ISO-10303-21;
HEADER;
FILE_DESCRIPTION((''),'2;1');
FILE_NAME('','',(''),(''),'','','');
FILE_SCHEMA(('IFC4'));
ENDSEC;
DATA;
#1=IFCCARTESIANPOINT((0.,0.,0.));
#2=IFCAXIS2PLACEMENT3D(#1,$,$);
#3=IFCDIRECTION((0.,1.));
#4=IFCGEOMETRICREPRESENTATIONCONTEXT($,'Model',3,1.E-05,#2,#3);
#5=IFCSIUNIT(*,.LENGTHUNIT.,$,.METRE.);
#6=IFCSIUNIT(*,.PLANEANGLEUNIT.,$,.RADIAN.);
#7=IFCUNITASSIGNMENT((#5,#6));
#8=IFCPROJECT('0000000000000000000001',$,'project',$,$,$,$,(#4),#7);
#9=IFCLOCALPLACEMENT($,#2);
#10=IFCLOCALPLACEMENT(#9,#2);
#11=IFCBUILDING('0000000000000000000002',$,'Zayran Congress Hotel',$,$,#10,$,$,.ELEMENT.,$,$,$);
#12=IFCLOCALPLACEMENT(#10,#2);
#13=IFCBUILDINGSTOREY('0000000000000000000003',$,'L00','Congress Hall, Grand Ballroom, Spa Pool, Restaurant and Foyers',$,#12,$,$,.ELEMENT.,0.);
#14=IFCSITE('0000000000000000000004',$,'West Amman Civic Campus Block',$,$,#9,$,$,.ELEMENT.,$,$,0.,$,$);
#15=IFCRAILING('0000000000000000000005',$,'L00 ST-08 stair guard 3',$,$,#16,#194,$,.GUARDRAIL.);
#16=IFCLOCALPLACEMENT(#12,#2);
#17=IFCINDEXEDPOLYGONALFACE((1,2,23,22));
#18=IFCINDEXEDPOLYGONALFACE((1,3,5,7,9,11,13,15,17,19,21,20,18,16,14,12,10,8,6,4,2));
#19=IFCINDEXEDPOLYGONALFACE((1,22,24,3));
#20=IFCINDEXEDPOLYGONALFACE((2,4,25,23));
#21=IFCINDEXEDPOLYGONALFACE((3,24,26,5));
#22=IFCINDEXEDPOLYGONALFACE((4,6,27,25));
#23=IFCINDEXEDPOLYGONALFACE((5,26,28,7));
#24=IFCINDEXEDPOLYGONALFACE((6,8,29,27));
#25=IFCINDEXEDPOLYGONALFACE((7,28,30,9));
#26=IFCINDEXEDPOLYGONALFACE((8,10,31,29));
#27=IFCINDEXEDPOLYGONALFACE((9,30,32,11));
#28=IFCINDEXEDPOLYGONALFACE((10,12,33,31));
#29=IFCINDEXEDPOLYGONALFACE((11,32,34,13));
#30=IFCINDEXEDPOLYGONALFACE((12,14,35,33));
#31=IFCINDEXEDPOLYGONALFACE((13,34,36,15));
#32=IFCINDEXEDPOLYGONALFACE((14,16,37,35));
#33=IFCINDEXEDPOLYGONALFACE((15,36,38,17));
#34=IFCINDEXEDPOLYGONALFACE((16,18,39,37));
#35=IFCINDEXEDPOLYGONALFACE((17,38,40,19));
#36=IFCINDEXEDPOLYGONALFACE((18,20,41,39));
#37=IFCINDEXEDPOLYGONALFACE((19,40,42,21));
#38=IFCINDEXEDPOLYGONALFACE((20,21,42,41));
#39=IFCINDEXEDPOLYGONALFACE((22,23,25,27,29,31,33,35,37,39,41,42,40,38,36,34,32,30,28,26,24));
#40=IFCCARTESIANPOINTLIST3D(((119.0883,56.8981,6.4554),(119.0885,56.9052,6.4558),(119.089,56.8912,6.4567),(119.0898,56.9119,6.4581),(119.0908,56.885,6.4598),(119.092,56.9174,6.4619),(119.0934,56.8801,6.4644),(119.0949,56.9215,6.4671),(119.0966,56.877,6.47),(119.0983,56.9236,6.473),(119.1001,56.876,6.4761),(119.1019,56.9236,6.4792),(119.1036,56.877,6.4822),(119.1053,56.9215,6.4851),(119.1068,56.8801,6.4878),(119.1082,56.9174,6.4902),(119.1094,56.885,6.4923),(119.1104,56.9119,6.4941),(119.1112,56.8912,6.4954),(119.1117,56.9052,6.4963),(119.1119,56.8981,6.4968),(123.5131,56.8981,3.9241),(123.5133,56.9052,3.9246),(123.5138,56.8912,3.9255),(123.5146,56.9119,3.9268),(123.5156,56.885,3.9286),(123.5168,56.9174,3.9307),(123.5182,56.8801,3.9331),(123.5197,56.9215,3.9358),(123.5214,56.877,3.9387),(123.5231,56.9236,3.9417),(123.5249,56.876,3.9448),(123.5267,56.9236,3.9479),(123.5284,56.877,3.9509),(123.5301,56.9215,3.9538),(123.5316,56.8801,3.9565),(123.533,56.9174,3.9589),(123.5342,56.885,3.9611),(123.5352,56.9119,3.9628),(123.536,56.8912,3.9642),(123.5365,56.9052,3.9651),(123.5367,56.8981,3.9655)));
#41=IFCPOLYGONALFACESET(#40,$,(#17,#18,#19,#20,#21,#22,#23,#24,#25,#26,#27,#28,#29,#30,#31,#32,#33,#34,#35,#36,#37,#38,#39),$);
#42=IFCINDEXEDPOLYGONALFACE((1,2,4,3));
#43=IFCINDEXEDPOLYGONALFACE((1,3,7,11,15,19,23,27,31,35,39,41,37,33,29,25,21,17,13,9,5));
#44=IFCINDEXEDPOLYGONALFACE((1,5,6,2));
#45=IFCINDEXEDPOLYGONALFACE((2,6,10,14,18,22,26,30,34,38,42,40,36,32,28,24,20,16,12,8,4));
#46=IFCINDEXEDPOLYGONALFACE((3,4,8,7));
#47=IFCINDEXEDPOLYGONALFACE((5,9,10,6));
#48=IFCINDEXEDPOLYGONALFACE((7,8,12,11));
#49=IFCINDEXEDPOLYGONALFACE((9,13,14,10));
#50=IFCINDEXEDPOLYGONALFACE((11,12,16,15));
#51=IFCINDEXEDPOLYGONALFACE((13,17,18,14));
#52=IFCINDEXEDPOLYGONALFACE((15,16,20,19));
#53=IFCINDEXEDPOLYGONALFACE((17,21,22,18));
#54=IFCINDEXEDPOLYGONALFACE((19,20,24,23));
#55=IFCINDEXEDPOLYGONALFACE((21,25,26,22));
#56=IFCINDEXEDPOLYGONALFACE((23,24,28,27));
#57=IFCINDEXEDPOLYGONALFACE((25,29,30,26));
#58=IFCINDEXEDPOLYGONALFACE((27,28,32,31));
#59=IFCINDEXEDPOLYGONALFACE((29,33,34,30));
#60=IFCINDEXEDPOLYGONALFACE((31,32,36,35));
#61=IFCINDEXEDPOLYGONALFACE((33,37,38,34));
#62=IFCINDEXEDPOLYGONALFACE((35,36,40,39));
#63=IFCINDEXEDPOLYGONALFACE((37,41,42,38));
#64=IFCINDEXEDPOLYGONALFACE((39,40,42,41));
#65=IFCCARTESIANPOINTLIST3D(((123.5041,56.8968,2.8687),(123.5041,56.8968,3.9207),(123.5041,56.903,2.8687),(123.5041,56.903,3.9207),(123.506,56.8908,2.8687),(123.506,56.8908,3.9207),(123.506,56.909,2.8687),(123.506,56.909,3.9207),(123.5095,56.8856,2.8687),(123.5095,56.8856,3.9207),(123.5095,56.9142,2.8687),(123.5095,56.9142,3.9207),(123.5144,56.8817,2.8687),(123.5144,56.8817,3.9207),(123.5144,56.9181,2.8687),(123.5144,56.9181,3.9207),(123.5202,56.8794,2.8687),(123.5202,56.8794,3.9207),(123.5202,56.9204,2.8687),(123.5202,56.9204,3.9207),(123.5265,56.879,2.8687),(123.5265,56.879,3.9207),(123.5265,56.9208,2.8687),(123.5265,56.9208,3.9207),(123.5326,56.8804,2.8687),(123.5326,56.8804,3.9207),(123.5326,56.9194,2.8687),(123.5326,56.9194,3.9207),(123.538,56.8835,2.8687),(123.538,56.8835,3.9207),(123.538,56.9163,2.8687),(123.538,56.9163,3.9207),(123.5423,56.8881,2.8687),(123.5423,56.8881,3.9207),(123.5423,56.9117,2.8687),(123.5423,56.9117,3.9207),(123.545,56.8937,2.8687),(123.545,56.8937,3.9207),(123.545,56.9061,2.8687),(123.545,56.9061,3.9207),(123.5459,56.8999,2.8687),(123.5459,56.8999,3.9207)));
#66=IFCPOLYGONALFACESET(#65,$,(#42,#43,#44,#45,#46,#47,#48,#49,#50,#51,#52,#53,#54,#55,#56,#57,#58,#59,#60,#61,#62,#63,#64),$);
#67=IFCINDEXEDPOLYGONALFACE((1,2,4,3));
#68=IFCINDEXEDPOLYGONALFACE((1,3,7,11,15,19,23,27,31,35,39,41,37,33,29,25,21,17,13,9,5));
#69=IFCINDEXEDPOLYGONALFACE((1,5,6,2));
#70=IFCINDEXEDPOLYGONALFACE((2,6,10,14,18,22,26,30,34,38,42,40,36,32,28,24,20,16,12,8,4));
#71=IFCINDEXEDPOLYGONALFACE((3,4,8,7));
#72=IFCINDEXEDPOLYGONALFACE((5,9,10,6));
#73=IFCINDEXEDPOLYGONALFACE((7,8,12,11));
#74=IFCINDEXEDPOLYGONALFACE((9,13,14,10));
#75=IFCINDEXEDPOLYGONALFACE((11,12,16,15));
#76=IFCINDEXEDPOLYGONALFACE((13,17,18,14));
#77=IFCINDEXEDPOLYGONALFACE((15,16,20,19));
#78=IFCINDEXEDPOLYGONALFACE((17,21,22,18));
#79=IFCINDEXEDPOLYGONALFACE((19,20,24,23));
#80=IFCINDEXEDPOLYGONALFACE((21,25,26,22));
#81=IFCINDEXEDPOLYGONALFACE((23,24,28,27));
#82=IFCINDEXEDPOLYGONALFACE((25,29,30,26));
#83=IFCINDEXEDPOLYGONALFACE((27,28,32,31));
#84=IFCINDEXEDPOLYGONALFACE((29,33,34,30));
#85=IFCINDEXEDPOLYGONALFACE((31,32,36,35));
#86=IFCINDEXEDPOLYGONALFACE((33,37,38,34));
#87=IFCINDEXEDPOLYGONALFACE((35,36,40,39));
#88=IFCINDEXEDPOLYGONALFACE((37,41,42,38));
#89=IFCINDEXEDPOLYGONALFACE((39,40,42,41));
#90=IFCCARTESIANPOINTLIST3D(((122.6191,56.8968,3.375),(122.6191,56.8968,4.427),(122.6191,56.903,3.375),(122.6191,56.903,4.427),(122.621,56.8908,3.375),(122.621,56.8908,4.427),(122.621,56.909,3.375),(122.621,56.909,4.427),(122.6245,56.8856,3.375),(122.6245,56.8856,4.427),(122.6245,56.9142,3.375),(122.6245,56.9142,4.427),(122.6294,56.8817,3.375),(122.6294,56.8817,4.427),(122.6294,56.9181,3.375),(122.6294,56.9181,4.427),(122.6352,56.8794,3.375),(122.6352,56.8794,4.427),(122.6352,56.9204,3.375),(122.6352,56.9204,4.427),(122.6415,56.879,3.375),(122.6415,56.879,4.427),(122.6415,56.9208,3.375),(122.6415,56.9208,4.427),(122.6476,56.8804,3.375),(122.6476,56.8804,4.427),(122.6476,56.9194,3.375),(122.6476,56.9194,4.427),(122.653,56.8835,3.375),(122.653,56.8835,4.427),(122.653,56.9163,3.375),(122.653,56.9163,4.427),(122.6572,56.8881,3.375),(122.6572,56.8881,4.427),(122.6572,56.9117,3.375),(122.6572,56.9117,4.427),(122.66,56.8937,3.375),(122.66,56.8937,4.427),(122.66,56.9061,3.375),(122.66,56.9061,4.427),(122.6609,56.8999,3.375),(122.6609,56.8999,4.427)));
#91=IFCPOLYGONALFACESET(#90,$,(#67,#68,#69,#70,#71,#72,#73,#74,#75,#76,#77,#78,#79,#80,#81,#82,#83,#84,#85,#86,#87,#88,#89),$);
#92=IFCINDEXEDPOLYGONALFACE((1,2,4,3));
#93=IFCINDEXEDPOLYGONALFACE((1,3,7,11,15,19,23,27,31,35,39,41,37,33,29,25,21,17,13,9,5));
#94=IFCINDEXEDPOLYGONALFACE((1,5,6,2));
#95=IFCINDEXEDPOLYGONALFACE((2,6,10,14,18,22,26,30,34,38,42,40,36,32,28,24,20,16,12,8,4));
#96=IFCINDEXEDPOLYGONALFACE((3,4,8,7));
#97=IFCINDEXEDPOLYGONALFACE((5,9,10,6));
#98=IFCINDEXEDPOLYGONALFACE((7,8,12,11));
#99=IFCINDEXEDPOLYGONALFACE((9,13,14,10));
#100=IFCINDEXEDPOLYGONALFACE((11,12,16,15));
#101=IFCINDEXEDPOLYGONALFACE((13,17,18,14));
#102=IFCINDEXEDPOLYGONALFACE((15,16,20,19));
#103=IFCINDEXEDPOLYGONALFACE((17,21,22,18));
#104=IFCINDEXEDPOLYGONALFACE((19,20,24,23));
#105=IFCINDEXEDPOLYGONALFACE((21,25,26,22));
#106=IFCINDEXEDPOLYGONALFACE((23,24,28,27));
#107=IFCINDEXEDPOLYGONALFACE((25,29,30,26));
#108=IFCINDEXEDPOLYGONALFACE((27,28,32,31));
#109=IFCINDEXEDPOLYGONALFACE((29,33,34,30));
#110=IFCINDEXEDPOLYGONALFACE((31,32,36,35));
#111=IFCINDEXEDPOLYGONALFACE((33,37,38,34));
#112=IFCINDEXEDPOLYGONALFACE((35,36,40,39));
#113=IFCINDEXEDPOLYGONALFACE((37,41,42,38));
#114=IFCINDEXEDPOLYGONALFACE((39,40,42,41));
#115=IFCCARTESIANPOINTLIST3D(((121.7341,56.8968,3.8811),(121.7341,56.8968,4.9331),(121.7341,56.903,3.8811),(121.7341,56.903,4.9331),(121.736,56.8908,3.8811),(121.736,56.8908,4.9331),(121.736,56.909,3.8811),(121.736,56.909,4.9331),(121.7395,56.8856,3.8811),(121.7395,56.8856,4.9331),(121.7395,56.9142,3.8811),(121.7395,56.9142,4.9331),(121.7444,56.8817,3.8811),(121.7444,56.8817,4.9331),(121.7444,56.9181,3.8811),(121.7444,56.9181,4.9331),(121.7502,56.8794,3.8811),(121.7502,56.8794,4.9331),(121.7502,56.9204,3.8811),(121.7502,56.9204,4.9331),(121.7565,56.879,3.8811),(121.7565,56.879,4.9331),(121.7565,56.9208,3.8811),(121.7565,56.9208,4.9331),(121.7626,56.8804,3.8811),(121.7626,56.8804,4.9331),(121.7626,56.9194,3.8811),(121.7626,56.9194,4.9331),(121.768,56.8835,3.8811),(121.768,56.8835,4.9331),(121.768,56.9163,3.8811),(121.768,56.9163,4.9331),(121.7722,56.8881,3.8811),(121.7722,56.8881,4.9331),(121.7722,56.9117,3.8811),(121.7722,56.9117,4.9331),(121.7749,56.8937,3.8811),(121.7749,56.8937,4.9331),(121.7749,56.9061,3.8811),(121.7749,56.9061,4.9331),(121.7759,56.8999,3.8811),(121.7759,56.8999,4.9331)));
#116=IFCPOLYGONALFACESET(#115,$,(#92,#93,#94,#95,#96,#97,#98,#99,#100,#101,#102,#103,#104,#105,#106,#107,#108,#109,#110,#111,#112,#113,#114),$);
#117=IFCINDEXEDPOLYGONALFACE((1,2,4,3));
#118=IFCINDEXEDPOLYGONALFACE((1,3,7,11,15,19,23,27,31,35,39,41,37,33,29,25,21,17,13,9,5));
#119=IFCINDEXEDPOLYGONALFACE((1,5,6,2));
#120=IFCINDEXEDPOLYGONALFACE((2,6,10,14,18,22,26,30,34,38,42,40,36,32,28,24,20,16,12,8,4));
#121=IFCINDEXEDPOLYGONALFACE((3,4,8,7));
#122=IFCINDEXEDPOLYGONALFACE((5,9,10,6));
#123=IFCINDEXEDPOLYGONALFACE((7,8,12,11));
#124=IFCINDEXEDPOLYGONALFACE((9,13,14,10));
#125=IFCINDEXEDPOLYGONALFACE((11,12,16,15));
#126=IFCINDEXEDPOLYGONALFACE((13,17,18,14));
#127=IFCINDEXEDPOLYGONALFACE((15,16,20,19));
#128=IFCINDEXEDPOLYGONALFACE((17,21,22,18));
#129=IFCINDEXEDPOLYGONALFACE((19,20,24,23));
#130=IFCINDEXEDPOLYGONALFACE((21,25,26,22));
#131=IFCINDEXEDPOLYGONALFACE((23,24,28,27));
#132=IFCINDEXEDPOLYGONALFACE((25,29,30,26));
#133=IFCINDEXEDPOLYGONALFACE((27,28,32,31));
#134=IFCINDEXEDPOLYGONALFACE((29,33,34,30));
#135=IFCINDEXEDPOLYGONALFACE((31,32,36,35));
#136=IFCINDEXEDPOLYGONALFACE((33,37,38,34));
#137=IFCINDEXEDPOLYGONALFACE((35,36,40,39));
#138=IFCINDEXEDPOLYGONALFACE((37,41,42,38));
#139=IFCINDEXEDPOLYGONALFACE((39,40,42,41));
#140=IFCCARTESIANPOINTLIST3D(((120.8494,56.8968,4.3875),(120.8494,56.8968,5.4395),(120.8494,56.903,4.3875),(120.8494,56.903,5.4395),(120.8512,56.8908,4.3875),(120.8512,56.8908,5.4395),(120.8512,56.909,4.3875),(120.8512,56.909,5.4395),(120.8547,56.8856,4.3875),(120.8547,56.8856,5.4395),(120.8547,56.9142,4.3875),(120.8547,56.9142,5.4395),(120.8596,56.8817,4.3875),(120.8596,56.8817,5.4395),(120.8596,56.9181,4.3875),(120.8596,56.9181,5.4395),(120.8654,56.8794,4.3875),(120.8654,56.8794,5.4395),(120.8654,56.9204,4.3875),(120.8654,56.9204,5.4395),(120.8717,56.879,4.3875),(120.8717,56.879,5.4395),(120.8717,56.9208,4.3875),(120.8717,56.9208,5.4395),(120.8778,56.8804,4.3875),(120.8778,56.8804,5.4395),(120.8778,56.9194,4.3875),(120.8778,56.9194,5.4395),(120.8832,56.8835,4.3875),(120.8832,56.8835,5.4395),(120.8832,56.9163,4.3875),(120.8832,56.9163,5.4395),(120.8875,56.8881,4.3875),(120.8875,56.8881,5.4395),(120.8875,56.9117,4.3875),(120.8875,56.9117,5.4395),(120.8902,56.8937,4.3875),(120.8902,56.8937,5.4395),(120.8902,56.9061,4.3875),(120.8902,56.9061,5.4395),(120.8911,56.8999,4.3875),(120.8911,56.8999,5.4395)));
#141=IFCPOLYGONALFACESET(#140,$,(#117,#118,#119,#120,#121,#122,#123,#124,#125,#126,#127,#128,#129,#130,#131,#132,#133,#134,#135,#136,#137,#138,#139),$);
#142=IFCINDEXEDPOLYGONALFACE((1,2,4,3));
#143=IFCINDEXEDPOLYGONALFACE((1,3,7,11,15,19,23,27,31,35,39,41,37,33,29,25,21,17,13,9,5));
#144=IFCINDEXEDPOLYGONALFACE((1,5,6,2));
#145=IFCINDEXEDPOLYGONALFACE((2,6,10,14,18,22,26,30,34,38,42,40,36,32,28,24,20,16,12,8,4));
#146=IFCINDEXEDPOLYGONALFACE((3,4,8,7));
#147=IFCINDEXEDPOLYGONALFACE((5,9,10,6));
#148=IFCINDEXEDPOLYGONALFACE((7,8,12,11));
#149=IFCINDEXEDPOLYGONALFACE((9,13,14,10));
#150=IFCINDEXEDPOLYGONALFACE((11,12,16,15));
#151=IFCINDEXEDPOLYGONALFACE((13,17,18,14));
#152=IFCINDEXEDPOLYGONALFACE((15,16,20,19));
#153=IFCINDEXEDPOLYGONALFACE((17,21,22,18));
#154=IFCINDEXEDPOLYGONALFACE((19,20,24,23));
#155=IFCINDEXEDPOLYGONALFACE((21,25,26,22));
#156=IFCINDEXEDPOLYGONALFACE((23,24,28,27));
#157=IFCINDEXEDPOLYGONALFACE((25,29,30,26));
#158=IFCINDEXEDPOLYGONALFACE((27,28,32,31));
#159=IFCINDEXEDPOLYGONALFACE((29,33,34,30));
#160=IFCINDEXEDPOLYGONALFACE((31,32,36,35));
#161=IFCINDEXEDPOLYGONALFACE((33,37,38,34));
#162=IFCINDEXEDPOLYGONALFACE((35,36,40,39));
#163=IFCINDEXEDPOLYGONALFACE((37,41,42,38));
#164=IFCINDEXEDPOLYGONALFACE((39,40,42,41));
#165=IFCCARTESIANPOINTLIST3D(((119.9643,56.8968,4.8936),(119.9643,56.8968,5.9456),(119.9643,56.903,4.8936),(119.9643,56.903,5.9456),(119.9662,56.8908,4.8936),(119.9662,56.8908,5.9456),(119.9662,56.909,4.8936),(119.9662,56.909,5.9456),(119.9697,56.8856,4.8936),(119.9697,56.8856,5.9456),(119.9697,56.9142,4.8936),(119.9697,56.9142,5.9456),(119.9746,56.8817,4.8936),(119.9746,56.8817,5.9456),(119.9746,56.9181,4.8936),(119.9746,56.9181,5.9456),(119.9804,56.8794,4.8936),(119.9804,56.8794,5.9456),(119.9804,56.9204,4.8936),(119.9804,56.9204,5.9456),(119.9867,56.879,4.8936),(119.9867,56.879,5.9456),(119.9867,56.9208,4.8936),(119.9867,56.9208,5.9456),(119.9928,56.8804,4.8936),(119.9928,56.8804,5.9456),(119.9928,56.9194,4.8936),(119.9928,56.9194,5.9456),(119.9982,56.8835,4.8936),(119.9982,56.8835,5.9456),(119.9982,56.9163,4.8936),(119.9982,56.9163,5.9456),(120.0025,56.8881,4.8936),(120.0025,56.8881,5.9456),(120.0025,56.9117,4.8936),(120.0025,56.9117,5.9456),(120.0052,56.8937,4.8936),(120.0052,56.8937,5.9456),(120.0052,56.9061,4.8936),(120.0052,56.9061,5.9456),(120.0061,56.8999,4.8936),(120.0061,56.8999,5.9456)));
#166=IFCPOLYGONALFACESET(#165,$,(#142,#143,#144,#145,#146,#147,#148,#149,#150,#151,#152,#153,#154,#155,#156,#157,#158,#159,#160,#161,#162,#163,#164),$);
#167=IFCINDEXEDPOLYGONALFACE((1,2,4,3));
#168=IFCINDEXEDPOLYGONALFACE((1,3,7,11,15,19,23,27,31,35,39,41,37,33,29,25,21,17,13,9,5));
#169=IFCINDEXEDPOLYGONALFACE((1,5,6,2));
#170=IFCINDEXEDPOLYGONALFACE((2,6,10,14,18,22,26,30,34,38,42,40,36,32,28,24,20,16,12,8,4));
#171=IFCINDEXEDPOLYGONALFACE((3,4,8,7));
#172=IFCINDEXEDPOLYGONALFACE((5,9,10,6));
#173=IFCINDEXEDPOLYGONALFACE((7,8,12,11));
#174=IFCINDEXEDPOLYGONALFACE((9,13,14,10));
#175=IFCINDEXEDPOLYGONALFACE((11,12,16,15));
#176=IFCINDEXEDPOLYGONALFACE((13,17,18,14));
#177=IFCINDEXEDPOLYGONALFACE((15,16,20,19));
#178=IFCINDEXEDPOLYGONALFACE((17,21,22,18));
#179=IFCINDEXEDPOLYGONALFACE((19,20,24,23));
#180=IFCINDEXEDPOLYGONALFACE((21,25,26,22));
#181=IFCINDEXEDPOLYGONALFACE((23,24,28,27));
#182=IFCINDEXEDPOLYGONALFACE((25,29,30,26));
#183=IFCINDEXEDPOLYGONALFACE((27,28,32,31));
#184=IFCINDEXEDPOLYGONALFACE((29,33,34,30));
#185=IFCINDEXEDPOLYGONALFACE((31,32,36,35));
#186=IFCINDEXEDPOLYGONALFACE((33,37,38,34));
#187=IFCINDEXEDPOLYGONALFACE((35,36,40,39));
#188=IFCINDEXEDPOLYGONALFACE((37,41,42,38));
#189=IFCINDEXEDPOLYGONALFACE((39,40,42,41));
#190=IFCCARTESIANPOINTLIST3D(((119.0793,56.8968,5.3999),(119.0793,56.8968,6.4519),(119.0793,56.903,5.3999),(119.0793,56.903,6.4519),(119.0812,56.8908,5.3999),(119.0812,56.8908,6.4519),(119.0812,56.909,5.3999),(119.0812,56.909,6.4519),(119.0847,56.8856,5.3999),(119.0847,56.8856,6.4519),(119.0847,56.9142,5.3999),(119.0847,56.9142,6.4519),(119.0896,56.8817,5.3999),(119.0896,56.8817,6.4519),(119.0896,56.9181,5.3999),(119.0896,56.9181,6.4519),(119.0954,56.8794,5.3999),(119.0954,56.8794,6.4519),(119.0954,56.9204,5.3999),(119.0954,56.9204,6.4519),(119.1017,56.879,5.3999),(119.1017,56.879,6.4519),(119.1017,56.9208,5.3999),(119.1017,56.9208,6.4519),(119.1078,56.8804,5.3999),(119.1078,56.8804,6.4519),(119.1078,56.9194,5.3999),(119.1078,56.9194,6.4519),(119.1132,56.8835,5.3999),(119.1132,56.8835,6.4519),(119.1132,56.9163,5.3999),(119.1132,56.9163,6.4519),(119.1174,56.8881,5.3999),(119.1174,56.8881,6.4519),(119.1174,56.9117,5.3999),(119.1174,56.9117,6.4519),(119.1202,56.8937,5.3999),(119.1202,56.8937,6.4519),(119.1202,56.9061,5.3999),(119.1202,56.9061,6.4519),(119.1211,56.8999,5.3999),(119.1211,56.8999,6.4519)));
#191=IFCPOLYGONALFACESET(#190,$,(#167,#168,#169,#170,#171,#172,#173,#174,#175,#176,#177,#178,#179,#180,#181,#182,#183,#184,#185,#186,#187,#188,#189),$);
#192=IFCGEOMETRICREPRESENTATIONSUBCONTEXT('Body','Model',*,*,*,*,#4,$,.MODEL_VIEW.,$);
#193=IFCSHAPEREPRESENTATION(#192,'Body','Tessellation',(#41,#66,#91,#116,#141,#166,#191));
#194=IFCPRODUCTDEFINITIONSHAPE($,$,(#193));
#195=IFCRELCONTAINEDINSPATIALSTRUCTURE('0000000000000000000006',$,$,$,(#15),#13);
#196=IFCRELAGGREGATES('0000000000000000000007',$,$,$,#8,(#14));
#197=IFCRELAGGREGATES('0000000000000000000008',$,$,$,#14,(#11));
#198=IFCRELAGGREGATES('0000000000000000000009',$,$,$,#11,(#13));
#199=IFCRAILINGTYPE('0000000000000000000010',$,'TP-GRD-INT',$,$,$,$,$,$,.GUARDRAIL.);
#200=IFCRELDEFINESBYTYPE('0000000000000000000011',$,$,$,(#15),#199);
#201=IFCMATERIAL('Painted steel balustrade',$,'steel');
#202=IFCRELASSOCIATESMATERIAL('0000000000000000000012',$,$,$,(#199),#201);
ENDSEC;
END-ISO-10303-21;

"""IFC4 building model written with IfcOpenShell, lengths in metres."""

from ifc_helpers import new_model, si_unit, direction, frame, origin, origin_2d, place, context, subcontext, project, spatial, circle, extrude, material, type_object, element, save


model = new_model("IFC4")

# Units and contexts
model_context = context("Model", 3, precision=1e-05, world=origin(), true_north=direction((0.0, 1.0)))
body_context = subcontext(model_context, "Body", "Model", "MODEL_VIEW")
ifc_project = project(units=[si_unit("LENGTHUNIT", "METRE"), si_unit("PLANEANGLEUNIT", "RADIAN")], contexts=[model_context])

# Site, building, storey
site_placement = place(None, origin())
site = spatial("IfcSite", under=ifc_project, at=site_placement, Name="West Amman Civic Campus Block", CompositionType="ELEMENT", RefElevation=0.0)
building_placement = place(site_placement, origin())
building = spatial("IfcBuilding", under=site, at=building_placement, Name="Zayran Congress Hotel", CompositionType="ELEMENT")
storey_placement = place(building_placement, origin())
storey = spatial("IfcBuildingStorey", under=building, at=storey_placement, Name="L00", Description="Congress Hall, Grand Ballroom, Spa Pool, Restaurant and Foyers", CompositionType="ELEMENT", Elevation=0.0)

# Railing
ifc_material_1 = material(Name="Painted steel balustrade", Category="steel")
railing_type_1 = type_object("IfcRailingType", Name="TP-GRD-INT", PredefinedType="GUARDRAIL", material=ifc_material_1)
railing_1_placement = place(storey_placement, frame((123.5249, 56.8999, 2.8687)))
element("IfcRailing", 1, at=railing_1_placement, inside=storey, type_object=railing_type_1, Name="L00 ST-08 stair guard 3", PredefinedType="GUARDRAIL", context=body_context, shape_type="SweptSolid", body=[
    extrude(circle(Radius=0.0239, at=origin_2d()), frame((0.0, 0.0, 1.0762), z_axis=(-0.868007, 0.0, 0.496551), x_axis=(0.0, -1.0, 0.0)), (0.0, 0.0, 1.0), 5.0977),
    extrude(circle(Radius=0.021, at=origin_2d()), origin(), (0.0, 0.0, 1.0), 1.052),
    extrude(circle(Radius=0.021, at=origin_2d()), frame((-0.885, 0.0, 0.5063)), (0.0, 0.0, 1.0), 1.052),
    extrude(circle(Radius=0.021, at=origin_2d()), frame((-1.77, 0.0, 1.0125)), (0.0, 0.0, 1.0), 1.052),
    extrude(circle(Radius=0.021, at=origin_2d()), frame((-2.6548, 0.0, 1.5188)), (0.0, 0.0, 1.0), 1.052),
    extrude(circle(Radius=0.021, at=origin_2d()), frame((-3.5398, 0.0, 2.0249)), (0.0, 0.0, 1.0), 1.052),
    extrude(circle(Radius=0.021, at=origin_2d()), frame((-4.4248, 0.0, 2.5312)), (0.0, 0.0, 1.0), 1.052),
])

save(model, "model.ifc")
